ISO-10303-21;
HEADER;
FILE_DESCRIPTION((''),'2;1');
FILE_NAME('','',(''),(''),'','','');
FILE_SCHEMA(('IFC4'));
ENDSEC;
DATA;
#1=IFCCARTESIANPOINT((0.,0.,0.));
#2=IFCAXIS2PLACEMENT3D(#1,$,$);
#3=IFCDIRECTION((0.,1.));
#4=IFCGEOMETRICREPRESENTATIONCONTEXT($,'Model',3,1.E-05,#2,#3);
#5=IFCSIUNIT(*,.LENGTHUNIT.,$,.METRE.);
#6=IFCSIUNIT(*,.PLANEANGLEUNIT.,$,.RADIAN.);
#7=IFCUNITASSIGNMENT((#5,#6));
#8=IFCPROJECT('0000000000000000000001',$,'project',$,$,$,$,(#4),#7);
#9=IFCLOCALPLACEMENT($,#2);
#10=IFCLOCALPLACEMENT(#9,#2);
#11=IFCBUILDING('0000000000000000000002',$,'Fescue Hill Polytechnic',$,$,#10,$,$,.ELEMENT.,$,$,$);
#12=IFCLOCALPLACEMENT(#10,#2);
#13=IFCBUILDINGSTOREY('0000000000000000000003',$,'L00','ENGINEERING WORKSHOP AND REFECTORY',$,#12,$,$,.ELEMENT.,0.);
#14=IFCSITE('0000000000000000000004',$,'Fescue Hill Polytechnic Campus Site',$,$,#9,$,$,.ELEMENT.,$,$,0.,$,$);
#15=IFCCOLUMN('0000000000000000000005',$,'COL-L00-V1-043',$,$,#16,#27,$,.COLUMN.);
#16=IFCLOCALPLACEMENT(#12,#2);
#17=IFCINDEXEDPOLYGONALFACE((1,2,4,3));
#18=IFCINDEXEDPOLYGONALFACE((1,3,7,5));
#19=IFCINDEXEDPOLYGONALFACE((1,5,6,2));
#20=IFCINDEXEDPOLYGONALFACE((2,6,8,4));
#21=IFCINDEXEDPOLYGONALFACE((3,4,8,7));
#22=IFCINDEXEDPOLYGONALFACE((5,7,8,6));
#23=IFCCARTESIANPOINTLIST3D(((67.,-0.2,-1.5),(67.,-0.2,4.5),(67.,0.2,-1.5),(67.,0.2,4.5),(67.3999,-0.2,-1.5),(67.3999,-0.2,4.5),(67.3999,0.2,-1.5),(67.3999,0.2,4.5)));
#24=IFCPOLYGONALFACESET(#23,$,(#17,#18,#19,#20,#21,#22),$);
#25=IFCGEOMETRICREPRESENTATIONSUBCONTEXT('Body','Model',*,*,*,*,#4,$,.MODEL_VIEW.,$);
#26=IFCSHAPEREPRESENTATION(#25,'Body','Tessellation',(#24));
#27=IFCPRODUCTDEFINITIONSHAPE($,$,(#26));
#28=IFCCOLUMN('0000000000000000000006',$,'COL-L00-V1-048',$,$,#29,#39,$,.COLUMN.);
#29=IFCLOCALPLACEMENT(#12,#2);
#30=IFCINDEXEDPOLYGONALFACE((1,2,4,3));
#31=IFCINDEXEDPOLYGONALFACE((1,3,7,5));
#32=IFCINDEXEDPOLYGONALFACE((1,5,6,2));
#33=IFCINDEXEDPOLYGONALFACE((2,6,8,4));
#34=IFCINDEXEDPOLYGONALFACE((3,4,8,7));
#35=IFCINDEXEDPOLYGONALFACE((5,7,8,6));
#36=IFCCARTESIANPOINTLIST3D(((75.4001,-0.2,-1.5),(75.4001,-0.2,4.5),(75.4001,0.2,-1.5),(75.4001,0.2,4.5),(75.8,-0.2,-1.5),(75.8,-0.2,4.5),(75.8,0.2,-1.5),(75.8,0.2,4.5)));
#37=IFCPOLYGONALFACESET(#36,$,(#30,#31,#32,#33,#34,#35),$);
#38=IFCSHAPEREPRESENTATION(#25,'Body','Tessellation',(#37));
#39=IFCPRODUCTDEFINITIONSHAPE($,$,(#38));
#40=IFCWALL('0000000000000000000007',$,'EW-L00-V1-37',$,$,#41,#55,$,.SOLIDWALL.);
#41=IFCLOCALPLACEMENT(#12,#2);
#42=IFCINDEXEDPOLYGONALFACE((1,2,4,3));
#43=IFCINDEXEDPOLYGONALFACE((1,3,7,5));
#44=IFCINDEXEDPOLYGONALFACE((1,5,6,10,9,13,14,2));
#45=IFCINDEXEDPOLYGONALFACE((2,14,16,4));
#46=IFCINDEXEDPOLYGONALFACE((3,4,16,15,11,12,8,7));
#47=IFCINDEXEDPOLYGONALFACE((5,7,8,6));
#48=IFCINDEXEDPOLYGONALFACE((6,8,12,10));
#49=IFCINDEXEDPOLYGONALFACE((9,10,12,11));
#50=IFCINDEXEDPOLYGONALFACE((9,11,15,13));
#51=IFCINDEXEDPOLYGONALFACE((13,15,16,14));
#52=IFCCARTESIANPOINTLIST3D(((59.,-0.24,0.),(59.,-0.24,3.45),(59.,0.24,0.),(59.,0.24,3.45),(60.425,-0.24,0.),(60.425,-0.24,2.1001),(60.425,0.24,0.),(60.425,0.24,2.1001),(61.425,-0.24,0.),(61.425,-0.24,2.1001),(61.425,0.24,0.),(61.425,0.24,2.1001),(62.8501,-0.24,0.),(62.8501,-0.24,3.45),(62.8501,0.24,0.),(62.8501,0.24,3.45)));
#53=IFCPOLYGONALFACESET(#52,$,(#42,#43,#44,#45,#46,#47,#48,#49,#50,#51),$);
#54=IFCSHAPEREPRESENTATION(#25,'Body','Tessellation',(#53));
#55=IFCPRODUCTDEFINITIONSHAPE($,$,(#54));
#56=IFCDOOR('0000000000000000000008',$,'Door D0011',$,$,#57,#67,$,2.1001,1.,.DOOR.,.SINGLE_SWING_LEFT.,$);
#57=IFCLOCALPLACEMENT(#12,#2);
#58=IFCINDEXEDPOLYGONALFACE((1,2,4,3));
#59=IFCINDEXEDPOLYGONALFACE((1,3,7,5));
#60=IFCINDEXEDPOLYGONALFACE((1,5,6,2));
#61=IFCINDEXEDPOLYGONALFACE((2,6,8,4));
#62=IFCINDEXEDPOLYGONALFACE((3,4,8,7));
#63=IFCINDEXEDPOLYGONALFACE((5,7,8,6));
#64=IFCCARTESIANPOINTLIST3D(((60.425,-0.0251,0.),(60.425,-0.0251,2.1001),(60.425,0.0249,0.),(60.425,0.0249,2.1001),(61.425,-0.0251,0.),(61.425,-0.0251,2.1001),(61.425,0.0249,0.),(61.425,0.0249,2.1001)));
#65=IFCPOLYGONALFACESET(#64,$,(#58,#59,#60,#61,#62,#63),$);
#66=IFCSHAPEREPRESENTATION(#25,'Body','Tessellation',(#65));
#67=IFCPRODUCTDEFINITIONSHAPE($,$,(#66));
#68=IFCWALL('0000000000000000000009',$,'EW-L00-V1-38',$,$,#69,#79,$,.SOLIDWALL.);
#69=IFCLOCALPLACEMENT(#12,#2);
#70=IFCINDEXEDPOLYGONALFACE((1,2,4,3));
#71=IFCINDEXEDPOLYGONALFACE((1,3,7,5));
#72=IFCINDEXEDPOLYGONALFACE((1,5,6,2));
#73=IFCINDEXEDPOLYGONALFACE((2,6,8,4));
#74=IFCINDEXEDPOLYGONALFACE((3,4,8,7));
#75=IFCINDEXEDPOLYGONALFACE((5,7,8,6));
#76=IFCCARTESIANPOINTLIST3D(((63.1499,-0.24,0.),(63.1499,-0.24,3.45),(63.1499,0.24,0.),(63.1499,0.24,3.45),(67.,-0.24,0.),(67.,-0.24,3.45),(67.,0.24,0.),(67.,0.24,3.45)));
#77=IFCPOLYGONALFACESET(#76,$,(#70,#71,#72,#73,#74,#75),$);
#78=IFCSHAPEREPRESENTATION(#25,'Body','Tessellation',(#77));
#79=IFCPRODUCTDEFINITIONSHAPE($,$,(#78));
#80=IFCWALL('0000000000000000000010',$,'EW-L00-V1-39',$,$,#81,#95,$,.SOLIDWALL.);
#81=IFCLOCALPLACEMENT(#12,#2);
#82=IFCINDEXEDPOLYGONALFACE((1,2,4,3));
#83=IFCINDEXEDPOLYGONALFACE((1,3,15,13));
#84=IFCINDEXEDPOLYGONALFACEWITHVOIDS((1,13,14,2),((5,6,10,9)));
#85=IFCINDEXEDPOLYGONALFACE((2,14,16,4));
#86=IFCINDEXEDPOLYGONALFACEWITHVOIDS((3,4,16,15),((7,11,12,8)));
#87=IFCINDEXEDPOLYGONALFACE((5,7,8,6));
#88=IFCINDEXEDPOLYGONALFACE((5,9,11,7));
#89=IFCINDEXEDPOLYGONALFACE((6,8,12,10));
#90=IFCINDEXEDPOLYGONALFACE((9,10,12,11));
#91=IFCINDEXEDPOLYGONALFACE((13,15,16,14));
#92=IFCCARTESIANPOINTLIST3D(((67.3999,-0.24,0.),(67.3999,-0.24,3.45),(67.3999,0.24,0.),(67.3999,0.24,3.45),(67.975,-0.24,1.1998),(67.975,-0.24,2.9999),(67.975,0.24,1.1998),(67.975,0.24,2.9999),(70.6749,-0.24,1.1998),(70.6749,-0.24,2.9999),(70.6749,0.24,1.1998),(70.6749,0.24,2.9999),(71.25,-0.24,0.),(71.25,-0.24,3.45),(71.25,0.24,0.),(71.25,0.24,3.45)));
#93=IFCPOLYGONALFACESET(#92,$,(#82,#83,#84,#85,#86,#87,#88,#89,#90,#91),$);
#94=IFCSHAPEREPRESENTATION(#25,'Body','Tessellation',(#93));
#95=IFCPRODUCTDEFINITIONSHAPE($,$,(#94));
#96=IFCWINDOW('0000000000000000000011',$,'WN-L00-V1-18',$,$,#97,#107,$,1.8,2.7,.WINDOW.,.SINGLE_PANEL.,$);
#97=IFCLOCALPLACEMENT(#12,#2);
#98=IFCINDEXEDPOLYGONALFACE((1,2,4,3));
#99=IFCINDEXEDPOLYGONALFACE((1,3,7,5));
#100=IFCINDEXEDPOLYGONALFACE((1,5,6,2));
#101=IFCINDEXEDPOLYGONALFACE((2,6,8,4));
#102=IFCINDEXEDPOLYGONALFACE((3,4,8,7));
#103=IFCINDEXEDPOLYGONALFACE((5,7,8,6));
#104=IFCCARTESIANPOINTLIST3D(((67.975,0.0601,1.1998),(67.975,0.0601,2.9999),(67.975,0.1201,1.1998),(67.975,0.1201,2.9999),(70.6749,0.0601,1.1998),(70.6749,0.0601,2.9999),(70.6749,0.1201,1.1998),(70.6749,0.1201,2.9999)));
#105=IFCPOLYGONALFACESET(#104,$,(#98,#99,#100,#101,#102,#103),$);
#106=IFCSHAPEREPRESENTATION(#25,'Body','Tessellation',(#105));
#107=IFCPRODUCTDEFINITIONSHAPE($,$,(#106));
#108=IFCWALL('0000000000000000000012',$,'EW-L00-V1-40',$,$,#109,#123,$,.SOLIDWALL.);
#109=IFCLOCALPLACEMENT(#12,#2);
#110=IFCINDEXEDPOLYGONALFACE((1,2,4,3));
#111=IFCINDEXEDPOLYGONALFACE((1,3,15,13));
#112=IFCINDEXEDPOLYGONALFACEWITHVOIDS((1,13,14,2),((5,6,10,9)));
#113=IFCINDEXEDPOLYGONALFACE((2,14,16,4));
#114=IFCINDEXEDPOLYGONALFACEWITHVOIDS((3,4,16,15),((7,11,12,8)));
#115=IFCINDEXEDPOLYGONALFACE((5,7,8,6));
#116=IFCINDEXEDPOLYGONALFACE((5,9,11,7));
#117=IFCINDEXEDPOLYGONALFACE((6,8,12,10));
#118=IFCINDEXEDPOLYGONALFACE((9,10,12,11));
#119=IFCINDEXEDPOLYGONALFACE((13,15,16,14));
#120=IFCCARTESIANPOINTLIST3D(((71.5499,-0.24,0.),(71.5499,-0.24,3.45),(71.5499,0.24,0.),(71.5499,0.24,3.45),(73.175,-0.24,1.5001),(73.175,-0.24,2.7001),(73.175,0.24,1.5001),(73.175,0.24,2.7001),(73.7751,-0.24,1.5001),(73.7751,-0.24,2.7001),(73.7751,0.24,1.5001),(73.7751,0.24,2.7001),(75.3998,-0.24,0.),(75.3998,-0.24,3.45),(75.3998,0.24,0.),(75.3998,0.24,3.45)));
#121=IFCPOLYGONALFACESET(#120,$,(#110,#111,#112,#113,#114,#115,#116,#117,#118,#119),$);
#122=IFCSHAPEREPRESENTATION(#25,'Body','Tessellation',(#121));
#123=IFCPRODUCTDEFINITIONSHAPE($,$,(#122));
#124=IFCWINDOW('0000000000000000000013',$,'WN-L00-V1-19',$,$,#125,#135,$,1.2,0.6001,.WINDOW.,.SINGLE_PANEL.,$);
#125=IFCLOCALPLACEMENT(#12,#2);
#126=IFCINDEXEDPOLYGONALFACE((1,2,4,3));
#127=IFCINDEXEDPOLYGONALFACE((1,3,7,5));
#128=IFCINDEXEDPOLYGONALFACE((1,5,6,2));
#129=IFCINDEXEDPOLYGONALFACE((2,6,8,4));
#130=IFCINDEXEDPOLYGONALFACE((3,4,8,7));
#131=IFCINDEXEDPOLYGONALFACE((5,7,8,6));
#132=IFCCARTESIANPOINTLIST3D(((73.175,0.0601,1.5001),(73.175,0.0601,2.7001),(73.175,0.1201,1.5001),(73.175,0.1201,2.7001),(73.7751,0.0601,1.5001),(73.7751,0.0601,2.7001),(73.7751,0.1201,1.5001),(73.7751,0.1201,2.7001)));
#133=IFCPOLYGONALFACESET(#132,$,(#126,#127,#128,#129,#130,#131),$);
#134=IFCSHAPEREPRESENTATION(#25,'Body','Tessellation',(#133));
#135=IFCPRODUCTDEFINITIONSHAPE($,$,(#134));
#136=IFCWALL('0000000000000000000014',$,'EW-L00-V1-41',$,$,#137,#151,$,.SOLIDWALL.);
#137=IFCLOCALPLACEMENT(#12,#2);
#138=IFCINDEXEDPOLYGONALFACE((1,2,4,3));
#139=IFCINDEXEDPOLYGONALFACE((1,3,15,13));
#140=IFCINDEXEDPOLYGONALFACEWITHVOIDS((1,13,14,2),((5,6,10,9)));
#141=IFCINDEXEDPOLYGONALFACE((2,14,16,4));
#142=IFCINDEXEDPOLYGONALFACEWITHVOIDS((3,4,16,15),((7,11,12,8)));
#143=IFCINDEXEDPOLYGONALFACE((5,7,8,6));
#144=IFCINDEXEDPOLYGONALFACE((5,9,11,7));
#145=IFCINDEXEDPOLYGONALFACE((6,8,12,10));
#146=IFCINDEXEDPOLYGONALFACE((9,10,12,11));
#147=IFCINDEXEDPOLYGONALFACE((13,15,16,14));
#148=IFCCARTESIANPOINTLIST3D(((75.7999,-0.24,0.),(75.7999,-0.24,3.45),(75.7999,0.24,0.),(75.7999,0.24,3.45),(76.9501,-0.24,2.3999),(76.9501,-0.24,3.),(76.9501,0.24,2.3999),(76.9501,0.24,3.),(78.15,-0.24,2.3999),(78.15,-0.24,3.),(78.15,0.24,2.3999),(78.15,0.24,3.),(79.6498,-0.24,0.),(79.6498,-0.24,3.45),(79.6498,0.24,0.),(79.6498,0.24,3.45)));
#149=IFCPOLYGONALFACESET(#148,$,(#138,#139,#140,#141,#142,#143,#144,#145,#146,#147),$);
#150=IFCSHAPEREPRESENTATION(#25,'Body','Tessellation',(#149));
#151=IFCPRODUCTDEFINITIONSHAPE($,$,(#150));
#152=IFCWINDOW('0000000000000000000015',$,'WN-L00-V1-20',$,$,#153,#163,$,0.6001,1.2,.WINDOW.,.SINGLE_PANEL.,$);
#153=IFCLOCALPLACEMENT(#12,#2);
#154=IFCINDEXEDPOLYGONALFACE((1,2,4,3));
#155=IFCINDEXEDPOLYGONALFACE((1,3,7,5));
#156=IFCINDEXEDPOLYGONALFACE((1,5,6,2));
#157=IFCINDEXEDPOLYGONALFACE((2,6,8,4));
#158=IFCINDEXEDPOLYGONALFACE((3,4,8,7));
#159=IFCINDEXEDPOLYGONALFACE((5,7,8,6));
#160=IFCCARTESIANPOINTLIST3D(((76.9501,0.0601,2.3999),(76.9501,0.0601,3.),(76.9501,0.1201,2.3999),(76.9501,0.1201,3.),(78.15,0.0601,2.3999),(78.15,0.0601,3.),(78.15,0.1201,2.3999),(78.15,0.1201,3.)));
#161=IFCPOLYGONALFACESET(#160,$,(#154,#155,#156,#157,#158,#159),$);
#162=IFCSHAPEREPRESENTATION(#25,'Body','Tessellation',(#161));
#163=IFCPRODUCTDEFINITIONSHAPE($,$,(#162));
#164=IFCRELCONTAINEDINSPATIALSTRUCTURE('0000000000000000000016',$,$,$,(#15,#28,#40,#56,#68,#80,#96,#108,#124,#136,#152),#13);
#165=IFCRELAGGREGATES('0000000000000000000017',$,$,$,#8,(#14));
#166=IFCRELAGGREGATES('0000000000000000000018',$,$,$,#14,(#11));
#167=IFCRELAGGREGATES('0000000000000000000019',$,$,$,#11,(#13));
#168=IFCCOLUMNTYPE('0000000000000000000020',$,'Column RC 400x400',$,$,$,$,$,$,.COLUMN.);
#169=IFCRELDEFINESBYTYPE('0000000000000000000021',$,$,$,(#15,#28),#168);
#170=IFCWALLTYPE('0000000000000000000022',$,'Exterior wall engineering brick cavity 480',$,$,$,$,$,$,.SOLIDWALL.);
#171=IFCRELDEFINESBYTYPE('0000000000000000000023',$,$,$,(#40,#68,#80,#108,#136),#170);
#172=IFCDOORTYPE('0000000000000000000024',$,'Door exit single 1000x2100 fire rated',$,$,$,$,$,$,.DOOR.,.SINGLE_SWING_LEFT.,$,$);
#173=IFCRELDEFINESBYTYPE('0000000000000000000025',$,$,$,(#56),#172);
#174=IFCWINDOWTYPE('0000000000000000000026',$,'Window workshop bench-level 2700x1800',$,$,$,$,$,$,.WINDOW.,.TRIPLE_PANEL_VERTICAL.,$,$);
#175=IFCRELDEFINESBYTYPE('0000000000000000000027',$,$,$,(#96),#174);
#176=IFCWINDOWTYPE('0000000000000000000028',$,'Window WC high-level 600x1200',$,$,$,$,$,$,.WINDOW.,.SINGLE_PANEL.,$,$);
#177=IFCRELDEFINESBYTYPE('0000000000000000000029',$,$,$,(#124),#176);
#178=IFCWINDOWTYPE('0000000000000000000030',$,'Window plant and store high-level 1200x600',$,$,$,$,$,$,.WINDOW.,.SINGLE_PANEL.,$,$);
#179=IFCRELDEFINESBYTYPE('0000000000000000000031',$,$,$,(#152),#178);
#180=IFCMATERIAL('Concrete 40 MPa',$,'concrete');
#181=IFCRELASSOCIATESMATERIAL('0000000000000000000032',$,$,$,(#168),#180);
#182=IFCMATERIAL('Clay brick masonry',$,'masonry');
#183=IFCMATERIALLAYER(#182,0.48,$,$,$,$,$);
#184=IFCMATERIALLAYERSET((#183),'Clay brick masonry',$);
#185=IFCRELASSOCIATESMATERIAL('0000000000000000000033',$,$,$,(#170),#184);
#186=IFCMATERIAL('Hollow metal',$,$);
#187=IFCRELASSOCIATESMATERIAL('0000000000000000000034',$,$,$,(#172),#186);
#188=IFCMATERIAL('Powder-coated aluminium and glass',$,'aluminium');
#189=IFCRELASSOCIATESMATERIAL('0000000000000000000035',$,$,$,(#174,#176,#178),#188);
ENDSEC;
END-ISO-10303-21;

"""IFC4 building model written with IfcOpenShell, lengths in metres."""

from ifc_helpers import new_model, si_unit, direction, frame, frame_2d, origin, origin_2d, place, context, subcontext, project, spatial, rectangle, extrude, material, layer, layer_set, material_profile, profile_set, type_object, element, fill, save


model = new_model("IFC4")

# Units and contexts
model_context = context("Model", 3, precision=1e-05, world=origin(), true_north=direction((0.0, 1.0)))
body_context = subcontext(model_context, "Body", "Model", "MODEL_VIEW")
ifc_project = project(units=[si_unit("LENGTHUNIT", "METRE"), si_unit("PLANEANGLEUNIT", "RADIAN")], contexts=[model_context])

# Site, building, storey
site_placement = place(None, origin())
site = spatial("IfcSite", under=ifc_project, at=site_placement, Name="Fescue Hill Polytechnic Campus Site", CompositionType="ELEMENT", RefElevation=0.0)
building_placement = place(site_placement, origin())
building = spatial("IfcBuilding", under=site, at=building_placement, Name="Fescue Hill Polytechnic", CompositionType="ELEMENT")
storey_placement = place(building_placement, origin())
storey = spatial("IfcBuildingStorey", under=building, at=storey_placement, Name="L00", Description="ENGINEERING WORKSHOP AND REFECTORY", CompositionType="ELEMENT", Elevation=0.0)

# Columns
ifc_material_1 = material(Name="Concrete 40 MPa", Category="concrete")
ifc_material_profile = material_profile(ifc_material_1, rectangle(XDim=0.3999, YDim=0.3999, at=origin_2d()), Name="RC 400x400")
ifc_profile_set = profile_set([ifc_material_profile], Name="Concrete 40 MPa")
column_type = type_object("IfcColumnType", Name="Column RC 400x400", PredefinedType="COLUMN", material=ifc_profile_set)
for number, where, z_axis, x_axis, name in (
    (1, (67.2, 0.0, -1.5), (0.0, 0.0, 1.0), (1.0, 0.0, 0.0), "COL-L00-V1-043"),
    (2, (75.6001, 0.0, -1.5), (0.0, 0.0, 1.0), (1.0, 0.0, 0.0), "COL-L00-V1-048"),
):
    element("IfcColumn", number, at=place(storey_placement, frame(where, z_axis=z_axis, x_axis=x_axis)), inside=storey, type_object=column_type, Name=name, PredefinedType="COLUMN", context=body_context, shape_type="SweptSolid", body=[
        extrude(rectangle(XDim=0.3999, YDim=0.3999, at=origin_2d()), origin(), (0.0, 0.0, 1.0), 6.0),
    ])

# Wall, opening, door
ifc_material_2 = material(Name="Clay brick masonry", Category="masonry")
ifc_layer_1 = layer(ifc_material_2, 0.48)
ifc_layer_set_1 = layer_set([ifc_layer_1], Name="Clay brick masonry")
wall_type_1 = type_object("IfcWallType", Name="Exterior wall engineering brick cavity 480", PredefinedType="SOLIDWALL", material=ifc_layer_set_1)
wall_1_placement = place(storey_placement, frame((59.0, 0.0, 0.0), z_axis=(0.0, 0.0, 1.0), x_axis=(1.0, 0.0, 0.0)))
wall_1 = element("IfcWall", 3, at=wall_1_placement, inside=storey, type_object=wall_type_1, Name="EW-L00-V1-37", PredefinedType="SOLIDWALL", context=body_context, shape_type="SweptSolid", body=[
    extrude(rectangle(XDim=3.8501, YDim=0.48, at=frame_2d((1.925, 0.0))), origin(), (0.0, 0.0, 1.0), 3.45),
])
opening_1_placement = place(wall_1_placement, frame((1.425, 0.0, 0.0)))
opening_1 = element("IfcOpeningElement", 4, at=opening_1_placement, cuts=wall_1, PredefinedType="OPENING", context=body_context, shape_type="SweptSolid", body=[
    extrude(rectangle(XDim=1.0, YDim=2.1001, at=frame_2d((0.5, 1.05))), frame((0.0, 0.25, 0.0), z_axis=(0.0, -1.0, 0.0), x_axis=(1.0, 0.0, 0.0)), (0.0, 0.0, 1.0), 0.5),
])
ifc_material_3 = material(Name="Hollow metal")
door_type = type_object("IfcDoorType", Name="Door exit single 1000x2100 fire rated", OperationType="SINGLE_SWING_LEFT", PredefinedType="DOOR", material=ifc_material_3)
door_placement = place(opening_1_placement, origin())
door = element("IfcDoor", 5, at=door_placement, inside=storey, type_object=door_type, Name="Door D0011", OperationType="SINGLE_SWING_LEFT", OverallHeight=2.1001, OverallWidth=1.0, PredefinedType="DOOR", context=body_context, shape_type="SweptSolid", body=[
    extrude(rectangle(XDim=1.0, YDim=2.1001, at=frame_2d((0.5, 1.05))), frame((0.0, 0.0249, 0.0), z_axis=(0.0, -1.0, 0.0), x_axis=(1.0, 0.0, 0.0)), (0.0, 0.0, 1.0), 0.05),
])
fill(opening_1, door)

# Wall
wall_2_placement = place(storey_placement, frame((63.1499, 0.0, 0.0), z_axis=(0.0, 0.0, 1.0), x_axis=(1.0, 0.0, 0.0)))
element("IfcWall", 6, at=wall_2_placement, inside=storey, type_object=wall_type_1, Name="EW-L00-V1-38", PredefinedType="SOLIDWALL", context=body_context, shape_type="SweptSolid", body=[
    extrude(rectangle(XDim=3.8501, YDim=0.48, at=frame_2d((1.925, 0.0))), origin(), (0.0, 0.0, 1.0), 3.45),
])

# Walls, openings, windows
wall_3_placement = place(storey_placement, frame((67.3999, 0.0, 0.0), z_axis=(0.0, 0.0, 1.0), x_axis=(1.0, 0.0, 0.0)))
wall_3 = element("IfcWall", 7, at=wall_3_placement, inside=storey, type_object=wall_type_1, Name="EW-L00-V1-39", PredefinedType="SOLIDWALL", context=body_context, shape_type="SweptSolid", body=[
    extrude(rectangle(XDim=3.8501, YDim=0.48, at=frame_2d((1.925, 0.0))), origin(), (0.0, 0.0, 1.0), 3.45),
])
opening_2_placement = place(wall_3_placement, frame((0.575, 0.0, 1.2)))
opening_2 = element("IfcOpeningElement", 8, at=opening_2_placement, cuts=wall_3, PredefinedType="OPENING", context=body_context, shape_type="SweptSolid", body=[
    extrude(rectangle(XDim=2.7, YDim=1.8, at=frame_2d((1.3501, 0.8999))), frame((0.0, 0.25, 0.0), z_axis=(0.0, -1.0, 0.0), x_axis=(1.0, 0.0, 0.0)), (0.0, 0.0, 1.0), 0.5),
])
ifc_material_4 = material(Name="Powder-coated aluminium and glass", Category="aluminium")
window_type_1 = type_object("IfcWindowType", Name="Window workshop bench-level 2700x1800", PartitioningType="TRIPLE_PANEL_VERTICAL", PredefinedType="WINDOW", material=ifc_material_4)
window_1_placement = place(opening_2_placement, origin())
window_1 = element("IfcWindow", 9, at=window_1_placement, inside=storey, type_object=window_type_1, Name="WN-L00-V1-18", OverallHeight=1.8, OverallWidth=2.7, PartitioningType="SINGLE_PANEL", PredefinedType="WINDOW", context=body_context, shape_type="SweptSolid", body=[
    extrude(rectangle(XDim=2.7, YDim=1.8, at=frame_2d((1.3501, 0.8999))), frame((0.0, 0.1201, 0.0), z_axis=(0.0, -1.0, 0.0), x_axis=(1.0, 0.0, 0.0)), (0.0, 0.0, 1.0), 0.0601),
])
fill(opening_2, window_1)
wall_4_placement = place(storey_placement, frame((71.55, 0.0, 0.0), z_axis=(0.0, 0.0, 1.0), x_axis=(1.0, 0.0, 0.0)))
wall_4 = element("IfcWall", 10, at=wall_4_placement, inside=storey, type_object=wall_type_1, Name="EW-L00-V1-40", PredefinedType="SOLIDWALL", context=body_context, shape_type="SweptSolid", body=[
    extrude(rectangle(XDim=3.8499, YDim=0.48, at=frame_2d((1.9248, 0.0))), origin(), (0.0, 0.0, 1.0), 3.45),
])
opening_3_placement = place(wall_4_placement, frame((1.625, 0.0, 1.5)))
opening_3 = element("IfcOpeningElement", 11, at=opening_3_placement, cuts=wall_4, PredefinedType="OPENING", context=body_context, shape_type="SweptSolid", body=[
    extrude(rectangle(XDim=0.6001, YDim=1.2, at=frame_2d((0.3, 0.6001))), frame((0.0, 0.25, 0.0), z_axis=(0.0, -1.0, 0.0), x_axis=(1.0, 0.0, 0.0)), (0.0, 0.0, 1.0), 0.5),
])
window_type_2 = type_object("IfcWindowType", Name="Window WC high-level 600x1200", PartitioningType="SINGLE_PANEL", PredefinedType="WINDOW", material=ifc_material_4)
window_2_placement = place(opening_3_placement, origin())
window_2 = element("IfcWindow", 12, at=window_2_placement, inside=storey, type_object=window_type_2, Name="WN-L00-V1-19", OverallHeight=1.2, OverallWidth=0.6001, PartitioningType="SINGLE_PANEL", PredefinedType="WINDOW", context=body_context, shape_type="SweptSolid", body=[
    extrude(rectangle(XDim=0.6001, YDim=1.2, at=frame_2d((0.3, 0.6001))), frame((0.0, 0.1201, 0.0), z_axis=(0.0, -1.0, 0.0), x_axis=(1.0, 0.0, 0.0)), (0.0, 0.0, 1.0), 0.0601),
])
fill(opening_3, window_2)
wall_5_placement = place(storey_placement, frame((75.8, 0.0, 0.0), z_axis=(0.0, 0.0, 1.0), x_axis=(1.0, 0.0, 0.0)))
wall_5 = element("IfcWall", 13, at=wall_5_placement, inside=storey, type_object=wall_type_1, Name="EW-L00-V1-41", PredefinedType="SOLIDWALL", context=body_context, shape_type="SweptSolid", body=[
    extrude(rectangle(XDim=3.8499, YDim=0.48, at=frame_2d((1.9248, 0.0))), origin(), (0.0, 0.0, 1.0), 3.45),
])
opening_4_placement = place(wall_5_placement, frame((1.1499, 0.0, 2.3999)))
opening_4 = element("IfcOpeningElement", 14, at=opening_4_placement, cuts=wall_5, PredefinedType="OPENING", context=body_context, shape_type="SweptSolid", body=[
    extrude(rectangle(XDim=1.2, YDim=0.6001, at=frame_2d((0.6001, 0.3))), frame((0.0, 0.25, 0.0), z_axis=(0.0, -1.0, 0.0), x_axis=(1.0, 0.0, 0.0)), (0.0, 0.0, 1.0), 0.5),
])
window_type_3 = type_object("IfcWindowType", Name="Window plant and store high-level 1200x600", PartitioningType="SINGLE_PANEL", PredefinedType="WINDOW", material=ifc_material_4)
window_3_placement = place(opening_4_placement, origin())
window_3 = element("IfcWindow", 15, at=window_3_placement, inside=storey, type_object=window_type_3, Name="WN-L00-V1-20", OverallHeight=0.6001, OverallWidth=1.2, PartitioningType="SINGLE_PANEL", PredefinedType="WINDOW", context=body_context, shape_type="SweptSolid", body=[
    extrude(rectangle(XDim=1.2, YDim=0.6001, at=frame_2d((0.6001, 0.3))), frame((0.0, 0.1201, 0.0), z_axis=(0.0, -1.0, 0.0), x_axis=(1.0, 0.0, 0.0)), (0.0, 0.0, 1.0), 0.0601),
])
fill(opening_4, window_3)

save(model, "model.ifc")
